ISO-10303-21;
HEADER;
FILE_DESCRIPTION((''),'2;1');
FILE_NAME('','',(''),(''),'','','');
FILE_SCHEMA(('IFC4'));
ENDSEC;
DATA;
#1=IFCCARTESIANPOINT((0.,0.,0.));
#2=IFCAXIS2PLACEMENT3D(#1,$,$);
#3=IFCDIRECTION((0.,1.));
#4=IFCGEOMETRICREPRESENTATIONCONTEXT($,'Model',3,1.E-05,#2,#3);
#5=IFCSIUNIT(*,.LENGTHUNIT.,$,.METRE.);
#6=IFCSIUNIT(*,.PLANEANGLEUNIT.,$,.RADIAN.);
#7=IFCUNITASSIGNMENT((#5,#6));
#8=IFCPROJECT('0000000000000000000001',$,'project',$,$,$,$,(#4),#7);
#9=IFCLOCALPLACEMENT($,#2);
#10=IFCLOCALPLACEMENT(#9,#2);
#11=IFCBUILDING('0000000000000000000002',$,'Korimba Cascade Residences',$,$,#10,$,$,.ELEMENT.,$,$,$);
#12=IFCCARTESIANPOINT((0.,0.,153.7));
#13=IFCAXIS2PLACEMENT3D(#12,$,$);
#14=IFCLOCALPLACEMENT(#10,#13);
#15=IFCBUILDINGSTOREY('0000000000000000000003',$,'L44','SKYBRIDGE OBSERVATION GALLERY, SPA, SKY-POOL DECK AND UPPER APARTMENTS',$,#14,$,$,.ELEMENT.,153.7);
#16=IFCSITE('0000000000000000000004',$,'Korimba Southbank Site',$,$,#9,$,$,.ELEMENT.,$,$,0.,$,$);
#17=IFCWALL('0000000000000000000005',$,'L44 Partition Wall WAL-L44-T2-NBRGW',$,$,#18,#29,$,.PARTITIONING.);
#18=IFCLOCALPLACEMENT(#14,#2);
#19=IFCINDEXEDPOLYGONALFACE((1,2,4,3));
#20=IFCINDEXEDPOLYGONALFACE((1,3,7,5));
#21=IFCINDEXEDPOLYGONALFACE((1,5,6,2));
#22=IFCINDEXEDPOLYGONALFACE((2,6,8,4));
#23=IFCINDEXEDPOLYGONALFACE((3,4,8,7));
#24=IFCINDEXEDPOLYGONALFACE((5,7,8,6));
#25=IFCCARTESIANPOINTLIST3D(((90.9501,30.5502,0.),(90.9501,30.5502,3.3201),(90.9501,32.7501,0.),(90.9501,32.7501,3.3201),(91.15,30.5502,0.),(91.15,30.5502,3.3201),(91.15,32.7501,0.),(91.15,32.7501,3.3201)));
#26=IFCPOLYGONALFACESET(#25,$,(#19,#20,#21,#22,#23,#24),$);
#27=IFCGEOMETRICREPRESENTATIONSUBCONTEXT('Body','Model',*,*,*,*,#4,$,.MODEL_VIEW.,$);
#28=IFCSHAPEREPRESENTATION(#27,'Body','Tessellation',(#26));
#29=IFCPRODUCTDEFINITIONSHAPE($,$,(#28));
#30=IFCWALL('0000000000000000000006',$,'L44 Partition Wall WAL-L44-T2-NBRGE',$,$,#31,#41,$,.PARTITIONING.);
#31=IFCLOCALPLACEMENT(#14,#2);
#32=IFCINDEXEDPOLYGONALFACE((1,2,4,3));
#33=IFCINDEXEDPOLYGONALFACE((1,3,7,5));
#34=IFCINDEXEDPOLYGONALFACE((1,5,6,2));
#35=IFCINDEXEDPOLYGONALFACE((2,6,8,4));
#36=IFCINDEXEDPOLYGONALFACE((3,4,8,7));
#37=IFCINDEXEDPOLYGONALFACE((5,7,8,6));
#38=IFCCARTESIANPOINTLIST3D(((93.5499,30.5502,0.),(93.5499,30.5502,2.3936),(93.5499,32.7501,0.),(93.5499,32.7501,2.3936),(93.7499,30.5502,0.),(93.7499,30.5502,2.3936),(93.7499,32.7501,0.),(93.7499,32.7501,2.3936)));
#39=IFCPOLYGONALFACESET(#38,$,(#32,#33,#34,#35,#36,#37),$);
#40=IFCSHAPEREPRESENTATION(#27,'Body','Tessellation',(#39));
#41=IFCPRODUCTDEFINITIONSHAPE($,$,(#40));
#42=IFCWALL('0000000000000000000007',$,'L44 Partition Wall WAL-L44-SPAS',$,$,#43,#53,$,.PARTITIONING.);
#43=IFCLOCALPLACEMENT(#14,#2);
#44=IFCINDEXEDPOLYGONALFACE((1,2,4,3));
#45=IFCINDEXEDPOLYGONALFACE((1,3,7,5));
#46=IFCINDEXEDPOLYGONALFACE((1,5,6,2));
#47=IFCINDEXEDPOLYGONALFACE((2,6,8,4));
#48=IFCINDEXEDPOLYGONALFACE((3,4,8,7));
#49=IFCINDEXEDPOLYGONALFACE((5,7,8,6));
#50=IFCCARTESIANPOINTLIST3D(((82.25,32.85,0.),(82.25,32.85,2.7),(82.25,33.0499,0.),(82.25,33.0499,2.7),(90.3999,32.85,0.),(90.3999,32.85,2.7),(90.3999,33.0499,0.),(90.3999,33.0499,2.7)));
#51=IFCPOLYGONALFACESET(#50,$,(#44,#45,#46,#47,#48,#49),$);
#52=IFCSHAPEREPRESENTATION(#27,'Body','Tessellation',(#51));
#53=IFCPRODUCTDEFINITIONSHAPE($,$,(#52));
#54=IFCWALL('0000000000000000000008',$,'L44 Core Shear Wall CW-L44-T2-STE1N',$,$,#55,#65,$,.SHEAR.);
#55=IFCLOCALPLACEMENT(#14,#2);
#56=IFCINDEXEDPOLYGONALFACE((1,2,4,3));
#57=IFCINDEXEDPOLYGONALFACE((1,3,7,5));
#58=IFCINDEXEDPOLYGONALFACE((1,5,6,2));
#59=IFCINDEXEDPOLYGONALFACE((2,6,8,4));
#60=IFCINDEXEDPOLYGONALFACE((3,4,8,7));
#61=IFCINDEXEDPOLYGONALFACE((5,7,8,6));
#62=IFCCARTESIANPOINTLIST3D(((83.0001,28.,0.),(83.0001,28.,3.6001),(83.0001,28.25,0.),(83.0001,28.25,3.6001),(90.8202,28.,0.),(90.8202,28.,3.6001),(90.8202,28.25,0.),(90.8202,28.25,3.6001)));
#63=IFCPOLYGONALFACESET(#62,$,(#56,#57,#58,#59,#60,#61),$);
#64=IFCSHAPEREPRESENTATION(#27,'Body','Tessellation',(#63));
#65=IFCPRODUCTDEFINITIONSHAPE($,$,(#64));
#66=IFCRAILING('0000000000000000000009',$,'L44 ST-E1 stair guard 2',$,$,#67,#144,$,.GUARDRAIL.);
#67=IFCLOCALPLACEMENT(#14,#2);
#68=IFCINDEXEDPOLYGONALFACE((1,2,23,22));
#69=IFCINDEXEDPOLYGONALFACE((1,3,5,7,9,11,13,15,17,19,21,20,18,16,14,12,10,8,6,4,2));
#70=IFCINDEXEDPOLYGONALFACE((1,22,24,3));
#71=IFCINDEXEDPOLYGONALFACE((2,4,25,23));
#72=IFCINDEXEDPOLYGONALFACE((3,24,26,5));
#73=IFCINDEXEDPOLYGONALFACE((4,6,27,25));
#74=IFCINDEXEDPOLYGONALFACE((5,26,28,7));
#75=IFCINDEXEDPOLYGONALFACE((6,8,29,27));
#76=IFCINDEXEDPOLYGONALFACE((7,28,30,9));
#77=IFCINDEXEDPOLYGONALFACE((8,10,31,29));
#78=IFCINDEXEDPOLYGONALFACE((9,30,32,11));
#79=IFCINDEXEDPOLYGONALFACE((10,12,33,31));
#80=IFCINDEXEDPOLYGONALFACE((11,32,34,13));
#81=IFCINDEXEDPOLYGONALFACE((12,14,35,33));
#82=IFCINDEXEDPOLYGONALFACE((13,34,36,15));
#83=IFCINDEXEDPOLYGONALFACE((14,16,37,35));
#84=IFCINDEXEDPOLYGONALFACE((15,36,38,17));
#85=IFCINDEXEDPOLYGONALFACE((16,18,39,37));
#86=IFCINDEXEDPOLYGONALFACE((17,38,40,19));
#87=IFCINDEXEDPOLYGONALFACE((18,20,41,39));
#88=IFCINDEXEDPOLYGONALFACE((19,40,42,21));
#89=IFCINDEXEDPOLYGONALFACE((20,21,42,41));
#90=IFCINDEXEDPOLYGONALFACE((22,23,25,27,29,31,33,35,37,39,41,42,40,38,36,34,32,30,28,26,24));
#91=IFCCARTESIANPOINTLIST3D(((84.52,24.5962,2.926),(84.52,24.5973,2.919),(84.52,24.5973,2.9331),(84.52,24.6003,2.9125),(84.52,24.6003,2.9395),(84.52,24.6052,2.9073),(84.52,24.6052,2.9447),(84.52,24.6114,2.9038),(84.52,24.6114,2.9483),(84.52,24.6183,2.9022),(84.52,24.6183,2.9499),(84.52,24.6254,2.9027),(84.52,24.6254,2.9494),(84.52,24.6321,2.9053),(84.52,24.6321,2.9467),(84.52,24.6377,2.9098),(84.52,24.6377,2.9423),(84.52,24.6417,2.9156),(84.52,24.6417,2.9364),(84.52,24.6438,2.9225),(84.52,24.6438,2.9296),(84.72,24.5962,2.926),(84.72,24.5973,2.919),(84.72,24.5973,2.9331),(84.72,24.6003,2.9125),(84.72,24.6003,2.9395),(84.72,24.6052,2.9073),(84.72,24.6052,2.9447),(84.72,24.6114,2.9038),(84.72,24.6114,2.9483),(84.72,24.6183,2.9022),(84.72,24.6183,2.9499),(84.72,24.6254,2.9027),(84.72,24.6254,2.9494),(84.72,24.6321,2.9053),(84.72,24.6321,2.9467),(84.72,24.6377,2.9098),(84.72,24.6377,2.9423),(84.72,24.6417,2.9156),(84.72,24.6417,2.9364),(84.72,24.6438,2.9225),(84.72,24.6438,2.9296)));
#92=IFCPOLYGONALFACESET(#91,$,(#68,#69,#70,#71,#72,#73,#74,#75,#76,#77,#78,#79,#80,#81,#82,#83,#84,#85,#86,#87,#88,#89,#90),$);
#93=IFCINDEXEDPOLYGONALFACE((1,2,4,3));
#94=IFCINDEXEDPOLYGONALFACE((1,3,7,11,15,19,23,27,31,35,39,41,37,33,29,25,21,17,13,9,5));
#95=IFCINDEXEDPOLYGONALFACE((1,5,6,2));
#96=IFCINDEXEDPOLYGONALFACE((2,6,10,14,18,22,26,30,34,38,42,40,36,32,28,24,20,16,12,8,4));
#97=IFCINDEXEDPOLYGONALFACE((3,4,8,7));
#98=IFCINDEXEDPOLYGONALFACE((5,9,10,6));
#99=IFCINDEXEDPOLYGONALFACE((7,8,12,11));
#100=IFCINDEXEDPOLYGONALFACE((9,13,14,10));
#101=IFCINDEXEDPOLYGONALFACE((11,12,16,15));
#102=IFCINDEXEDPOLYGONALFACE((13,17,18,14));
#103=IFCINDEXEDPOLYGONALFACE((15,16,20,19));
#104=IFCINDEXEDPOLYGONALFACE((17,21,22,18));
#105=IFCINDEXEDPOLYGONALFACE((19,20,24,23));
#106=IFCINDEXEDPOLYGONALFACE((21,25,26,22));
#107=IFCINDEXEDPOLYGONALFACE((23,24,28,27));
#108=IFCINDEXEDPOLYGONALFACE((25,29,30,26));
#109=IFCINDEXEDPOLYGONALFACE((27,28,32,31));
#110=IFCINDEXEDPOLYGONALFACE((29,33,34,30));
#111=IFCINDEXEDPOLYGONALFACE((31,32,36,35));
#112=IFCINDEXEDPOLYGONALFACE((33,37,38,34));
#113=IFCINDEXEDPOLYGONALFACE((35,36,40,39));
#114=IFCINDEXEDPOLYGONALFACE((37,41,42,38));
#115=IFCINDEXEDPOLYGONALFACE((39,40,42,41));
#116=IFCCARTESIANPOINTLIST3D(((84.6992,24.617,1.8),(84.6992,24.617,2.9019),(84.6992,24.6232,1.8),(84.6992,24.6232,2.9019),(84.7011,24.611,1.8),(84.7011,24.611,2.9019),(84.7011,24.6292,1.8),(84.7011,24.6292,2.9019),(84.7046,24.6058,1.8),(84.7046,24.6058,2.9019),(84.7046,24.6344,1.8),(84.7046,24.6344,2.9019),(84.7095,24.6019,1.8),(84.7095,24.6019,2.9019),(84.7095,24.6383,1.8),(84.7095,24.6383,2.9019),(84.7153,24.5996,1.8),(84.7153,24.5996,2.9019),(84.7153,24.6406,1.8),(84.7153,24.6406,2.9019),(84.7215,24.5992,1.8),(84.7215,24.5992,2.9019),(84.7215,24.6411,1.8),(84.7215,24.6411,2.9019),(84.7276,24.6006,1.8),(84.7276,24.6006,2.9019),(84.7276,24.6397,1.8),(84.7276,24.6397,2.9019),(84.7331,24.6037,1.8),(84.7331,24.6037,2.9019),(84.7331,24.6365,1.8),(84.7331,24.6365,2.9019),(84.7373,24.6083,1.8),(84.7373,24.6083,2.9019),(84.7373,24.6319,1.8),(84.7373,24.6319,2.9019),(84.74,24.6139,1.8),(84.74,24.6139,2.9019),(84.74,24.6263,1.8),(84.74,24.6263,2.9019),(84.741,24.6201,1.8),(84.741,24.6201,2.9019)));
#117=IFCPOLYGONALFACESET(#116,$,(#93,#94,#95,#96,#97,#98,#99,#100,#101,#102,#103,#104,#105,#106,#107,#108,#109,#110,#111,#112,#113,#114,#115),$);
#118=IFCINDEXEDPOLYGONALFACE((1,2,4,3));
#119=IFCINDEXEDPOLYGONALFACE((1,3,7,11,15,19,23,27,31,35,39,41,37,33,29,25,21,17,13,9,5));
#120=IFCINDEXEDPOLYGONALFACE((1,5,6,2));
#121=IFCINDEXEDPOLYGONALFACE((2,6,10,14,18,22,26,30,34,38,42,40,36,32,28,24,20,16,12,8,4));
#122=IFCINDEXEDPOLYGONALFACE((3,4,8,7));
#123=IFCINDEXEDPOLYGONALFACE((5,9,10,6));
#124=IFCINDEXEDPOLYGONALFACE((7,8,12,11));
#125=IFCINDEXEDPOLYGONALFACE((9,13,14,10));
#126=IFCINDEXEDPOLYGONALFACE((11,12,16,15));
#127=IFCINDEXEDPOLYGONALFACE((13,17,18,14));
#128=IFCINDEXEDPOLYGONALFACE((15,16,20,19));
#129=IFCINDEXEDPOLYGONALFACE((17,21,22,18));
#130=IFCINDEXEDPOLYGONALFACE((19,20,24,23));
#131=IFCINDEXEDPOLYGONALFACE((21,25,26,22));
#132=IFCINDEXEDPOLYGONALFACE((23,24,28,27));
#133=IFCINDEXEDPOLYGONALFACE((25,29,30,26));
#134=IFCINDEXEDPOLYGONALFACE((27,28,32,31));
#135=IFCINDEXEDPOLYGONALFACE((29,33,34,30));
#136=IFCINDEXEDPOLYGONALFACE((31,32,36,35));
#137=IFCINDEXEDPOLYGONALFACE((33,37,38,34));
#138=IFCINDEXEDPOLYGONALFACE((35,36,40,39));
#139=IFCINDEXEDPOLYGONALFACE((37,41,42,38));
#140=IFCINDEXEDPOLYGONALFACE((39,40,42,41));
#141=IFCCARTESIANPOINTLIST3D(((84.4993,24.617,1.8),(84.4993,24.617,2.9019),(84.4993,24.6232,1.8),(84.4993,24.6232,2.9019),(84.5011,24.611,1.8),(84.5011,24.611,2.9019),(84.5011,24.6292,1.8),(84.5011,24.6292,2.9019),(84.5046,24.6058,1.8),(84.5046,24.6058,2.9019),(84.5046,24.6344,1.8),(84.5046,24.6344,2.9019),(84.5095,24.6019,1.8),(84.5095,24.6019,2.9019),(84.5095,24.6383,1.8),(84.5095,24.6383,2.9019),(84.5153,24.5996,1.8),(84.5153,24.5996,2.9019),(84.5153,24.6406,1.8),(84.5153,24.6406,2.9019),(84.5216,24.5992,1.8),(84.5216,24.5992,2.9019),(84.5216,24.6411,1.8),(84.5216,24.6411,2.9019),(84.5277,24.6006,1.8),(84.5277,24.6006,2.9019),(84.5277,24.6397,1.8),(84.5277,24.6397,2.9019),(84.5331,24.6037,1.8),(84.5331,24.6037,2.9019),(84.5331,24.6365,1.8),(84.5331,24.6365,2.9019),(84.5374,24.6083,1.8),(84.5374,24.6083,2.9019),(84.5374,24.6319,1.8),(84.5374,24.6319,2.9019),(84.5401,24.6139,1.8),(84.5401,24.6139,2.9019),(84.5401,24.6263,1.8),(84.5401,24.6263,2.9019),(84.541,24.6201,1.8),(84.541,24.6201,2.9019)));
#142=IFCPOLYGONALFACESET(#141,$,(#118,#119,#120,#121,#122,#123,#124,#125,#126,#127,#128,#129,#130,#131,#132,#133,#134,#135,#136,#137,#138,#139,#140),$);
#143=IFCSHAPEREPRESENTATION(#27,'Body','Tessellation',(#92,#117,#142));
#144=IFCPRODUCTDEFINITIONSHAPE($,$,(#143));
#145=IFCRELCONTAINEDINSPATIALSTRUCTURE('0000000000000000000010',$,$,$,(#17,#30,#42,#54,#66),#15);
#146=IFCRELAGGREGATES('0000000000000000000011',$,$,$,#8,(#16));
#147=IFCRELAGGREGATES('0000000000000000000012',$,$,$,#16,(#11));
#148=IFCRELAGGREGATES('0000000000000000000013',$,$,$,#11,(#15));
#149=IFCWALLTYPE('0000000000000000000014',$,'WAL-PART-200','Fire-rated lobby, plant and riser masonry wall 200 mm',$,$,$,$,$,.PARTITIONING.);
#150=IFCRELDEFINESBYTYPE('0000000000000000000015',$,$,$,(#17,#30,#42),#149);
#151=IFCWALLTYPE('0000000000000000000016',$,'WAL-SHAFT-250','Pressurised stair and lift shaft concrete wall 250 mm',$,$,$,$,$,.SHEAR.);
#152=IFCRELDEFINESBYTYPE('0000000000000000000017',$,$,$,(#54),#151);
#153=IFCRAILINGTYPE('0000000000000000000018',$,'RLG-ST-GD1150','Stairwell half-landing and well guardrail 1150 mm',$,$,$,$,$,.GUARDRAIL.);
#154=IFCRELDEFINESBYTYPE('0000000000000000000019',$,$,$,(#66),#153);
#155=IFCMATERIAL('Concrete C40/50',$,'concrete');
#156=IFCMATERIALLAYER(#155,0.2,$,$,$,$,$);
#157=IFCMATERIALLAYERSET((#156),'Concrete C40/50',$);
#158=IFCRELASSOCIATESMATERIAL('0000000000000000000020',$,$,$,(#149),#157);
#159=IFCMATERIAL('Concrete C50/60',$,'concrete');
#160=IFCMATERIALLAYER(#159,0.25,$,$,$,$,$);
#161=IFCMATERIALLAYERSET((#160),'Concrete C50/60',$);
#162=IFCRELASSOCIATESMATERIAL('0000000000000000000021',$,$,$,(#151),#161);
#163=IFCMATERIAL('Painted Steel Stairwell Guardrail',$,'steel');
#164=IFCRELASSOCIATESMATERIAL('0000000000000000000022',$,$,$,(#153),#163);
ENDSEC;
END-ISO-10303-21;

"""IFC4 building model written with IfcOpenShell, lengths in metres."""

from ifc_helpers import new_model, si_unit, direction, frame, frame_2d, origin, origin_2d, place, context, subcontext, project, spatial, rectangle, circle, extrude, material, layer, layer_set, type_object, element, save


model = new_model("IFC4")

# Units and contexts
model_context = context("Model", 3, precision=1e-05, world=origin(), true_north=direction((0.0, 1.0)))
body_context = subcontext(model_context, "Body", "Model", "MODEL_VIEW")
ifc_project = project(units=[si_unit("LENGTHUNIT", "METRE"), si_unit("PLANEANGLEUNIT", "RADIAN")], contexts=[model_context])

# Site, building, storey
site_placement = place(None, origin())
site = spatial("IfcSite", under=ifc_project, at=site_placement, Name="Korimba Southbank Site", CompositionType="ELEMENT", RefElevation=0.0)
building_placement = place(site_placement, origin())
building = spatial("IfcBuilding", under=site, at=building_placement, Name="Korimba Cascade Residences", CompositionType="ELEMENT")
storey_placement = place(building_placement, frame((0.0, 0.0, 153.7)))
storey = spatial("IfcBuildingStorey", under=building, at=storey_placement, Name="L44", Description="SKYBRIDGE OBSERVATION GALLERY, SPA, SKY-POOL DECK AND UPPER APARTMENTS", CompositionType="ELEMENT", Elevation=153.7)

# Shared definitions
ifc_material_1 = material(Name="Concrete C40/50", Category="concrete")
ifc_layer_1 = layer(ifc_material_1, 0.2)
ifc_layer_set_1 = layer_set([ifc_layer_1], Name="Concrete C40/50")
wall_type_1 = type_object("IfcWallType", Name="WAL-PART-200", Description="Fire-rated lobby, plant and riser masonry wall 200 mm", PredefinedType="PARTITIONING", material=ifc_layer_set_1)

# Walls
wall_1_placement = place(storey_placement, frame((91.05, 30.55, 0.0), z_axis=(0.0, 0.0, 1.0), x_axis=(0.0, 1.0, 0.0)))
element("IfcWall", 1, at=wall_1_placement, inside=storey, type_object=wall_type_1, Name="L44 Partition Wall WAL-L44-T2-NBRGW", PredefinedType="PARTITIONING", context=body_context, shape_type="SweptSolid", body=[
    extrude(rectangle(XDim=2.2, YDim=0.2, at=frame_2d((1.1001, 0.0))), origin(), (0.0, 0.0, 1.0), 3.3201),
])
wall_2_placement = place(storey_placement, frame((93.6499, 30.55, 0.0), z_axis=(0.0, 0.0, 1.0), x_axis=(0.0, 1.0, 0.0)))
element("IfcWall", 2, at=wall_2_placement, inside=storey, type_object=wall_type_1, Name="L44 Partition Wall WAL-L44-T2-NBRGE", PredefinedType="PARTITIONING", context=body_context, shape_type="SweptSolid", body=[
    extrude(rectangle(XDim=2.2, YDim=0.2, at=frame_2d((1.1001, 0.0))), origin(), (0.0, 0.0, 1.0), 2.3936),
])
wall_3_placement = place(storey_placement, frame((82.25, 32.95, 0.0), z_axis=(0.0, 0.0, 1.0), x_axis=(1.0, 0.0, 0.0)))
element("IfcWall", 3, at=wall_3_placement, inside=storey, type_object=wall_type_1, Name="L44 Partition Wall WAL-L44-SPAS", PredefinedType="PARTITIONING", context=body_context, shape_type="SweptSolid", body=[
    extrude(rectangle(XDim=8.1499, YDim=0.2, at=frame_2d((4.075, 0.0))), origin(), (0.0, 0.0, 1.0), 2.7),
])
ifc_material_2 = material(Name="Concrete C50/60", Category="concrete")
ifc_layer_2 = layer(ifc_material_2, 0.25)
ifc_layer_set_2 = layer_set([ifc_layer_2], Name="Concrete C50/60")
wall_type_2 = type_object("IfcWallType", Name="WAL-SHAFT-250", Description="Pressurised stair and lift shaft concrete wall 250 mm", PredefinedType="SHEAR", material=ifc_layer_set_2)
wall_4_placement = place(storey_placement, frame((83.0, 28.125, 0.0), z_axis=(0.0, 0.0, 1.0), x_axis=(1.0, 0.0, 0.0)))
element("IfcWall", 4, at=wall_4_placement, inside=storey, type_object=wall_type_2, Name="L44 Core Shear Wall CW-L44-T2-STE1N", PredefinedType="SHEAR", context=body_context, shape_type="SweptSolid", body=[
    extrude(rectangle(XDim=7.8201, YDim=0.25, at=frame_2d((3.9102, 0.0))), origin(), (0.0, 0.0, 1.0), 3.6001),
])

# Railing
ifc_material_3 = material(Name="Painted Steel Stairwell Guardrail", Category="steel")
railing_type = type_object("IfcRailingType", Name="RLG-ST-GD1150", Description="Stairwell half-landing and well guardrail 1150 mm", PredefinedType="GUARDRAIL", material=ifc_material_3)
railing_placement = place(storey_placement, frame((84.72, 24.6201, 1.8)))
element("IfcRailing", 5, at=railing_placement, inside=storey, type_object=railing_type, Name="L44 ST-E1 stair guard 2", PredefinedType="GUARDRAIL", context=body_context, shape_type="SweptSolid", body=[
    extrude(circle(Radius=0.0239, at=origin_2d()), frame((0.0, 0.0, 1.126), z_axis=(-1.0, 0.0, 0.0), x_axis=(0.0, -1.0, 0.0)), (0.0, 0.0, 1.0), 0.2),
    extrude(circle(Radius=0.021, at=origin_2d()), origin(), (0.0, 0.0, 1.0), 1.1018),
    extrude(circle(Radius=0.021, at=origin_2d()), frame((-0.2, 0.0, 0.0)), (0.0, 0.0, 1.0), 1.1018),
])

save(model, "model.ifc")
